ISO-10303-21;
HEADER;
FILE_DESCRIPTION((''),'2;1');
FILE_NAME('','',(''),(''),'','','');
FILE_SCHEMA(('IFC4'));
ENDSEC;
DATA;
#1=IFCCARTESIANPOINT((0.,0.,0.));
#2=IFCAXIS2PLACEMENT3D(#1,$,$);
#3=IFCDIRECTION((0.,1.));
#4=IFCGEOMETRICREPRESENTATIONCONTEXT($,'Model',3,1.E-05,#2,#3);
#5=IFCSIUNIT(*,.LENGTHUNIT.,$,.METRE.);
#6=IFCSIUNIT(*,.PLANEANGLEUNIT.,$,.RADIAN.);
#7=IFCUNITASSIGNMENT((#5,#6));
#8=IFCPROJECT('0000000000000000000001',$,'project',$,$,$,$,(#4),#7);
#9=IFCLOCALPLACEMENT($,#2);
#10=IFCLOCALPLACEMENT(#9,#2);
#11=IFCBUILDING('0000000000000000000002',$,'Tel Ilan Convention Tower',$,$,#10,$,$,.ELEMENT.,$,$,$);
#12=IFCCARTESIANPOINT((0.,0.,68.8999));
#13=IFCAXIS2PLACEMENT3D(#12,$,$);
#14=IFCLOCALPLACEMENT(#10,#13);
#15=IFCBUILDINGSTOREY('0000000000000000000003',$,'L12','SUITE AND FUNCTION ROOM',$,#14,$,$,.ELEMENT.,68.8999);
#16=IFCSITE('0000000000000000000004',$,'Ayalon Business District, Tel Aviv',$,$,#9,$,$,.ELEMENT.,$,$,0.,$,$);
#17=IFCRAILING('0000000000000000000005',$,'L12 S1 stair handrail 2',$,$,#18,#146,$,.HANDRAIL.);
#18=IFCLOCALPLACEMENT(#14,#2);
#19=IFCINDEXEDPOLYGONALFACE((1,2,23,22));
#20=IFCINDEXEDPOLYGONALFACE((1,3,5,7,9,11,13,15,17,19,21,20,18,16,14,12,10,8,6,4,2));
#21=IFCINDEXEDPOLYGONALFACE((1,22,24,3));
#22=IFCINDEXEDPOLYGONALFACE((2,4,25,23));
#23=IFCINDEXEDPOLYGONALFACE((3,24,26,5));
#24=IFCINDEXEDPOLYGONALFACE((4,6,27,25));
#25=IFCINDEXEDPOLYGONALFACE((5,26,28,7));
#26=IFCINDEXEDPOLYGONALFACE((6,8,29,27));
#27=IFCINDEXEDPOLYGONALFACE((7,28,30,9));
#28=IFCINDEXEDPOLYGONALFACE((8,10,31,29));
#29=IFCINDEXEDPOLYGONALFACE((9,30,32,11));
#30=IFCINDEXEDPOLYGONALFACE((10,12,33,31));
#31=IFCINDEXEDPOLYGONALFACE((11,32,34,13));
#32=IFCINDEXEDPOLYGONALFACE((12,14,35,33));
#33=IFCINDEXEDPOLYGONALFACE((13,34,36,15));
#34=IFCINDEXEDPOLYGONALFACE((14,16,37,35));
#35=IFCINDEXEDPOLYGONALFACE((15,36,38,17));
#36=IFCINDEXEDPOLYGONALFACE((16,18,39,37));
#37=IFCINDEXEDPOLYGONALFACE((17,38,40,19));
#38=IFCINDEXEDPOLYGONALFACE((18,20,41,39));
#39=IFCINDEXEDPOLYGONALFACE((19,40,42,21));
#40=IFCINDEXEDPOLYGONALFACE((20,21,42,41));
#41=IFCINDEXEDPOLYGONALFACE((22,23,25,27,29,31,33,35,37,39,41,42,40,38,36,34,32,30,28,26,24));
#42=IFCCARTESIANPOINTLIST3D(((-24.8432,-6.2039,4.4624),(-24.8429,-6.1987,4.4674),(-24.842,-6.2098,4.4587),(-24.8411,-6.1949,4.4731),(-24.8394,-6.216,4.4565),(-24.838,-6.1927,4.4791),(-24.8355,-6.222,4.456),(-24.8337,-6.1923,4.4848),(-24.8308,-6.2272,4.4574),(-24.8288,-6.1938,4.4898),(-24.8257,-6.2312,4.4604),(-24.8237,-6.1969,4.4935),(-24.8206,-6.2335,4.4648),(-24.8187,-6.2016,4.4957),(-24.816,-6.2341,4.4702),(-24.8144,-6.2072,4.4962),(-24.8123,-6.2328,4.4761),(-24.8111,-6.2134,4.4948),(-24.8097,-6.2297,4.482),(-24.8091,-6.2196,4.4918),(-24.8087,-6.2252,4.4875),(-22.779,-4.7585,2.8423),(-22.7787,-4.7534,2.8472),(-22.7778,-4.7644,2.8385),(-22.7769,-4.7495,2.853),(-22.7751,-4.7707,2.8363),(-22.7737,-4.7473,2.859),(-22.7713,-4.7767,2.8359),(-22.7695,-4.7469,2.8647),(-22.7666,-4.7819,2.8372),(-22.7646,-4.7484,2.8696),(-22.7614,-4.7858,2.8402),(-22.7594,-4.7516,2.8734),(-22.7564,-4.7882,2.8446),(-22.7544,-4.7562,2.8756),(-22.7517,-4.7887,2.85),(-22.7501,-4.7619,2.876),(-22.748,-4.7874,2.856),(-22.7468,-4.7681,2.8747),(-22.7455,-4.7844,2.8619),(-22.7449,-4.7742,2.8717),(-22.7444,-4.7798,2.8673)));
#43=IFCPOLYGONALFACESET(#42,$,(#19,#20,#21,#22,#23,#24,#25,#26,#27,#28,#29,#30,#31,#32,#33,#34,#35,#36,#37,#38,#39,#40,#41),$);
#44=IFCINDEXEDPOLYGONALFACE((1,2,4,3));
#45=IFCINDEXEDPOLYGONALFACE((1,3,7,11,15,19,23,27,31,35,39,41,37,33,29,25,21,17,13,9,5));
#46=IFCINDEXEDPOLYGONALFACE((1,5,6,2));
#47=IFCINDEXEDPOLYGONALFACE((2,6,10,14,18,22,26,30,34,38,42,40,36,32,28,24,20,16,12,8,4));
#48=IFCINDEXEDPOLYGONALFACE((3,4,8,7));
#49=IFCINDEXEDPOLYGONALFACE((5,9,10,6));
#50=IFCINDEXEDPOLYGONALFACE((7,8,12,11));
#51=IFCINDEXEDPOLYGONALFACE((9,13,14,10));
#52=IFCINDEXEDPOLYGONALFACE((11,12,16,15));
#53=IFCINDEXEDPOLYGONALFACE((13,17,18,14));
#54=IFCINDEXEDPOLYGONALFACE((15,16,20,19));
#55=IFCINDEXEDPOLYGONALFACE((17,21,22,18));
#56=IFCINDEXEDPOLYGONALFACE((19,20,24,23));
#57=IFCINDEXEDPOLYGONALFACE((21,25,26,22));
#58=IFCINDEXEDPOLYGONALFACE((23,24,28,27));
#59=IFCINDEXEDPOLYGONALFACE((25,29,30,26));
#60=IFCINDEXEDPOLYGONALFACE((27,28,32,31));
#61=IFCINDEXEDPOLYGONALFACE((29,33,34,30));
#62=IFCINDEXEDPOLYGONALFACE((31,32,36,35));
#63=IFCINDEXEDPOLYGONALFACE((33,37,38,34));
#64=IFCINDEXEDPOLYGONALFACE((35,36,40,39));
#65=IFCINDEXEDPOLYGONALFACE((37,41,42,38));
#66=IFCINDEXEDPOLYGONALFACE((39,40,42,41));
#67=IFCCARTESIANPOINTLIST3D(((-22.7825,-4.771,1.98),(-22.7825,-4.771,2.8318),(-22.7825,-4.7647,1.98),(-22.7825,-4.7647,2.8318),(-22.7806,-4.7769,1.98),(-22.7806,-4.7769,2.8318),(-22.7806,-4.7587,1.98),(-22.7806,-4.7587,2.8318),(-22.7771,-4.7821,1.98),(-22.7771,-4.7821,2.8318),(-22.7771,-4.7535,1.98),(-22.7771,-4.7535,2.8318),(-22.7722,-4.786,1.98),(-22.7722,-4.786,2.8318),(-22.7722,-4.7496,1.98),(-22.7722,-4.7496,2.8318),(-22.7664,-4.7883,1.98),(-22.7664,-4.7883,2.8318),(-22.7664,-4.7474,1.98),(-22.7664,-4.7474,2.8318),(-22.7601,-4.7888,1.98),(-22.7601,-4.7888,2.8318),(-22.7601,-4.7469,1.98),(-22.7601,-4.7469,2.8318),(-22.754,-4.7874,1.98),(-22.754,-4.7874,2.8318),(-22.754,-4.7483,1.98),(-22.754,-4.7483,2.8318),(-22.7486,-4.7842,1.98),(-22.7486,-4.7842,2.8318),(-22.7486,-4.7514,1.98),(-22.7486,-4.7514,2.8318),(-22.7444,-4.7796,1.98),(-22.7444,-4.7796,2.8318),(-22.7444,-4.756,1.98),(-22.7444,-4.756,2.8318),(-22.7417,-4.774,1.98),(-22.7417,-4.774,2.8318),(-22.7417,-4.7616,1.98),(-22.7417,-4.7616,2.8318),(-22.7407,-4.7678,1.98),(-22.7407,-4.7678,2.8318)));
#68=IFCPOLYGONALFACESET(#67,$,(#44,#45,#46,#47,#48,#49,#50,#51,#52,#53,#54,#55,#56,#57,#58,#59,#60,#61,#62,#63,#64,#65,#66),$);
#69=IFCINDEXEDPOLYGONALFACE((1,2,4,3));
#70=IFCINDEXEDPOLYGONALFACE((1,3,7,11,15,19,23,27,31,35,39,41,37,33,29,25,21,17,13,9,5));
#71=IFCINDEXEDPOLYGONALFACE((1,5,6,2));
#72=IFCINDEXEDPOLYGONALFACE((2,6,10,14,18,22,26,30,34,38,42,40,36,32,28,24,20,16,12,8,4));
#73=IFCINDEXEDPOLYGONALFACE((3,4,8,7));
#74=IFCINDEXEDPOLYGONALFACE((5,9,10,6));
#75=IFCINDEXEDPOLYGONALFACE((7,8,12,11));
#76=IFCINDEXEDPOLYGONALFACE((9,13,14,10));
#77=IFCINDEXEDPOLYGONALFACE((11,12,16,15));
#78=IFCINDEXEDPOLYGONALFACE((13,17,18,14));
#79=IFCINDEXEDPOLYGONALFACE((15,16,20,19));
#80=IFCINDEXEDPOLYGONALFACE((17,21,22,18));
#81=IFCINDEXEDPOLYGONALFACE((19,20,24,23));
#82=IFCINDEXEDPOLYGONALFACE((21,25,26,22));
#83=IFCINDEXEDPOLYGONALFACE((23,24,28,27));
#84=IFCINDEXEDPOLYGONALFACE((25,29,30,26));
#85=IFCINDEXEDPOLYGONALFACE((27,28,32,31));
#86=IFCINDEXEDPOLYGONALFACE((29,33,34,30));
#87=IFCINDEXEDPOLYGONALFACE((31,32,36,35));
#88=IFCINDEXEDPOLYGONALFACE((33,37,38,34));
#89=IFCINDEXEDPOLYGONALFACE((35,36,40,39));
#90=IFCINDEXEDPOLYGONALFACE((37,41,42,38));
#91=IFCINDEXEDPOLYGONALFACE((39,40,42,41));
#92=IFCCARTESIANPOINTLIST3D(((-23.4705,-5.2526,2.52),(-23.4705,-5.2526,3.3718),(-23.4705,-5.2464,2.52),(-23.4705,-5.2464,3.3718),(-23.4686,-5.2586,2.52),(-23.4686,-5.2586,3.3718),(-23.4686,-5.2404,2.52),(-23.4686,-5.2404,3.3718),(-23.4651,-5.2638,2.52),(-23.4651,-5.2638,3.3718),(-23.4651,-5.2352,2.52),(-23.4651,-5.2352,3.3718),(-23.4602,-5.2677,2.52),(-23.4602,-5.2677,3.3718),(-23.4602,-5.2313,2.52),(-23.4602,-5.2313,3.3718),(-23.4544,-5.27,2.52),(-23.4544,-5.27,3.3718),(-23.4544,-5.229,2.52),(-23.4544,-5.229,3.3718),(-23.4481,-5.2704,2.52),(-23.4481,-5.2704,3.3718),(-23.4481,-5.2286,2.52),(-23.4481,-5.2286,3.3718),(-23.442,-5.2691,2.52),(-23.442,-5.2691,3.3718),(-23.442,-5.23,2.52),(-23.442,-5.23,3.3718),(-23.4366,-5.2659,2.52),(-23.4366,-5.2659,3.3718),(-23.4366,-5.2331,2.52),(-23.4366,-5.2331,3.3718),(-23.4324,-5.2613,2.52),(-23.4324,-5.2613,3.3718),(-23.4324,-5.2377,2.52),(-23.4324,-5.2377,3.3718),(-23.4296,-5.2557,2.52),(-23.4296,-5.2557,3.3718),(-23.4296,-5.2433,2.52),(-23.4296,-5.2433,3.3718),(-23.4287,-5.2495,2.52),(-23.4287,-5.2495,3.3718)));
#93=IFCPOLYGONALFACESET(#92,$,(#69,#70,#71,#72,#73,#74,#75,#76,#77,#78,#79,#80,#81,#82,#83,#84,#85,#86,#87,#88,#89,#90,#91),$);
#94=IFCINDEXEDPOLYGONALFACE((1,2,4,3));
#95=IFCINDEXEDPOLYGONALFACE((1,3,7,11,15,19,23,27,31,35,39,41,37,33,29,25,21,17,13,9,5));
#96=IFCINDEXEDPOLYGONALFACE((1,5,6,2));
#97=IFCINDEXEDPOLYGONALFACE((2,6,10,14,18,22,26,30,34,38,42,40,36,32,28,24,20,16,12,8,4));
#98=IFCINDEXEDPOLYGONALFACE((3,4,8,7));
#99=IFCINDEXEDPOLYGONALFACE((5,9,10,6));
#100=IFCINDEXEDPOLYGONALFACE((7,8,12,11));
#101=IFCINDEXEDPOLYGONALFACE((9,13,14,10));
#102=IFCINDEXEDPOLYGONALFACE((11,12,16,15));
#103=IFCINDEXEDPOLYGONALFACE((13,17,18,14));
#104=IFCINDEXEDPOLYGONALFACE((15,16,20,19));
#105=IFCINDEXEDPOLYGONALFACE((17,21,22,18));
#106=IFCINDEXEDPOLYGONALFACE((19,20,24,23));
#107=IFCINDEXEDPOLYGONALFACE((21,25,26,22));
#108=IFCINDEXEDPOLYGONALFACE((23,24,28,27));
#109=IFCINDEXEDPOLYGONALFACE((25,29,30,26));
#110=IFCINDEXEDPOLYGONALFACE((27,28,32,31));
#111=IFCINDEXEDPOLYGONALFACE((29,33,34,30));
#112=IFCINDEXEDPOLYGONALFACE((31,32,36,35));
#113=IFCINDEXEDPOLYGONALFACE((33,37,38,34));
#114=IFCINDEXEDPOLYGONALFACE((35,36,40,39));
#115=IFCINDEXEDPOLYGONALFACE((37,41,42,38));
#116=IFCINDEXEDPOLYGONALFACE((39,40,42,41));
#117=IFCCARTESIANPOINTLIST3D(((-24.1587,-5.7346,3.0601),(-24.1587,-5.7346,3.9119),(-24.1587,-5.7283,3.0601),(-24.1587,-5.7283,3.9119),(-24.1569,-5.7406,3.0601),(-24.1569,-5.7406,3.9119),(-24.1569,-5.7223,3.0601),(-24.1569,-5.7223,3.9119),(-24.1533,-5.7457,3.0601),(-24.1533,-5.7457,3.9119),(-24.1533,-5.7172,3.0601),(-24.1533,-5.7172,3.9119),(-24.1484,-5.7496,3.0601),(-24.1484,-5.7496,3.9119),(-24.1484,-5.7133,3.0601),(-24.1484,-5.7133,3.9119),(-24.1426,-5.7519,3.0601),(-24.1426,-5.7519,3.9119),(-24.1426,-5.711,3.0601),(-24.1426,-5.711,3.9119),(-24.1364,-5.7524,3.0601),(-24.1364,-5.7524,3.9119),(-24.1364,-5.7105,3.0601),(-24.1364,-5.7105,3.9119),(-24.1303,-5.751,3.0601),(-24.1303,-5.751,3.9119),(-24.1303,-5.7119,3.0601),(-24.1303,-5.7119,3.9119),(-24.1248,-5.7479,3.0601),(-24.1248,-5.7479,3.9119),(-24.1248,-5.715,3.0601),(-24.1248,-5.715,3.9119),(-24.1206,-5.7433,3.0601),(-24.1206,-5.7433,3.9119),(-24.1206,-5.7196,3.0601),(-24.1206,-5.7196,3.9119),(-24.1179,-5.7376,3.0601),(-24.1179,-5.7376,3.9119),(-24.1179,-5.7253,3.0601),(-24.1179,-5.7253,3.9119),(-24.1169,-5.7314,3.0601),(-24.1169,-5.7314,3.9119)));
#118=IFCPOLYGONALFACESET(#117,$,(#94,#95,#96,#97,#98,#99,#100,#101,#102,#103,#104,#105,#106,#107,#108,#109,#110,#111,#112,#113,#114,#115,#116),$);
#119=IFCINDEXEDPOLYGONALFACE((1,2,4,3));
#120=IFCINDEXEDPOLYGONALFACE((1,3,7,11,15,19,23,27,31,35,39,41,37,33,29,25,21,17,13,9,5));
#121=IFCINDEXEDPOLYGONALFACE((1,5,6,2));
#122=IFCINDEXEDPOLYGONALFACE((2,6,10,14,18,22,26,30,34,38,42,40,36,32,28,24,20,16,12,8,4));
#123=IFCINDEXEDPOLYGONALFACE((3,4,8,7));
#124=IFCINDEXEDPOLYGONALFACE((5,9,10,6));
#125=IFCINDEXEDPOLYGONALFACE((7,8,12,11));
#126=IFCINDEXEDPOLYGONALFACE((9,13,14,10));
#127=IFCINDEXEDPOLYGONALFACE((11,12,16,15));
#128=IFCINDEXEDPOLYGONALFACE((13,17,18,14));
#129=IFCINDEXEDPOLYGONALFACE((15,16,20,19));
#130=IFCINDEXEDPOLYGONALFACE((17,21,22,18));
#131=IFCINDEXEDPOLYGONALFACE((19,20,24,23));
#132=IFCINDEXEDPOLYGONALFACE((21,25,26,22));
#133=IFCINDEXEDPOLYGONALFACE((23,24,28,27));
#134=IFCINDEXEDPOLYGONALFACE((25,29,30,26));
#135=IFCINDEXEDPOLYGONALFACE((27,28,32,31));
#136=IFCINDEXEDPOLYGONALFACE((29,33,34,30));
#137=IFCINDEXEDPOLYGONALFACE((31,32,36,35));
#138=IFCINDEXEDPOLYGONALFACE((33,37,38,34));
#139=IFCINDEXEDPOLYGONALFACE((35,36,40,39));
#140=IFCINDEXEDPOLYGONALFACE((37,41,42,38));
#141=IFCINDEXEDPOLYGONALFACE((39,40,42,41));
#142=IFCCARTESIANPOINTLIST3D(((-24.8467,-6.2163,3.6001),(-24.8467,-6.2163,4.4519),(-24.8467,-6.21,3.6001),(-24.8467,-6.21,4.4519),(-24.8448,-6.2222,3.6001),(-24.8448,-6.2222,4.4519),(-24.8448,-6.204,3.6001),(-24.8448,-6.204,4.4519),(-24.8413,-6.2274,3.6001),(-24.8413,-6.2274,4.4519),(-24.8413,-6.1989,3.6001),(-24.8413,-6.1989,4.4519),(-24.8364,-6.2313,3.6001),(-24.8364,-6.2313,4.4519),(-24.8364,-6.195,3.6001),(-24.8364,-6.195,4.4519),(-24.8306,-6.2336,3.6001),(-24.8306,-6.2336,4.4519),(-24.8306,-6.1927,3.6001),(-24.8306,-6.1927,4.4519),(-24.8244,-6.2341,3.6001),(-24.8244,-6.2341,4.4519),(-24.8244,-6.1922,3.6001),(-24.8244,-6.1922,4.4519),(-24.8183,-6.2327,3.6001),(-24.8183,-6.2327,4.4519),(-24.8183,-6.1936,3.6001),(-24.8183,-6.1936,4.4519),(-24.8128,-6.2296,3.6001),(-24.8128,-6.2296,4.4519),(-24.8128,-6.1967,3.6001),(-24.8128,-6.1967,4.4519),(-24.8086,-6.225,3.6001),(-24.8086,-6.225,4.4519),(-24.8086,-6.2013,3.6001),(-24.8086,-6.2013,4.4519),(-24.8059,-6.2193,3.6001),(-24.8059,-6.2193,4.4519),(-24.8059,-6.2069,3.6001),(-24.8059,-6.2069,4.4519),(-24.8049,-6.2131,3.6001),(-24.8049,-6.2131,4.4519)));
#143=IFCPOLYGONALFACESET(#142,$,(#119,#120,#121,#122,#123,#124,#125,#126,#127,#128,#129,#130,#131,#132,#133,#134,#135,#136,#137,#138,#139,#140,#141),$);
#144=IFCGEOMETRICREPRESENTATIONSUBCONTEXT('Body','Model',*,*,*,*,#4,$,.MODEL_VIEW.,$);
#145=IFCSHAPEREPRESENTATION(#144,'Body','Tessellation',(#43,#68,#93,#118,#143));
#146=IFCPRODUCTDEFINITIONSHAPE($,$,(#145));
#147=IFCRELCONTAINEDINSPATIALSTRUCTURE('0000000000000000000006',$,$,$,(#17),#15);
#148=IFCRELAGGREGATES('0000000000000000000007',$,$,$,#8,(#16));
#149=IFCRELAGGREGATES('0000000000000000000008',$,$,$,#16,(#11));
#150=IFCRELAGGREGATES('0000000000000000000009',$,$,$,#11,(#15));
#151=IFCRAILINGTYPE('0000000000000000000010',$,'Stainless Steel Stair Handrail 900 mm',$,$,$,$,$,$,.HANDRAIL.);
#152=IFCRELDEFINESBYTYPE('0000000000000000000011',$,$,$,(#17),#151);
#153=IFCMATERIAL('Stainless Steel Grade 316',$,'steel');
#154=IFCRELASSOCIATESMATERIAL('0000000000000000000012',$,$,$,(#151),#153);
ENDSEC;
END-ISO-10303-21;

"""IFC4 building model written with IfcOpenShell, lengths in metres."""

from ifc_helpers import new_model, si_unit, direction, frame, origin, origin_2d, place, context, subcontext, project, spatial, circle, extrude, material, type_object, element, save


model = new_model("IFC4")

# Units and contexts
model_context = context("Model", 3, precision=1e-05, world=origin(), true_north=direction((0.0, 1.0)))
body_context = subcontext(model_context, "Body", "Model", "MODEL_VIEW")
ifc_project = project(units=[si_unit("LENGTHUNIT", "METRE"), si_unit("PLANEANGLEUNIT", "RADIAN")], contexts=[model_context])

# Site, building, storey
site_placement = place(None, origin())
site = spatial("IfcSite", under=ifc_project, at=site_placement, Name="Ayalon Business District, Tel Aviv", CompositionType="ELEMENT", RefElevation=0.0)
building_placement = place(site_placement, origin())
building = spatial("IfcBuilding", under=site, at=building_placement, Name="Tel Ilan Convention Tower", CompositionType="ELEMENT")
storey_placement = place(building_placement, frame((0.0, 0.0, 68.8999)))
storey = spatial("IfcBuildingStorey", under=building, at=storey_placement, Name="L12", Description="SUITE AND FUNCTION ROOM", CompositionType="ELEMENT", Elevation=68.8999)

# Railing
ifc_material_1 = material(Name="Stainless Steel Grade 316", Category="steel")
railing_type_1 = type_object("IfcRailingType", Name="Stainless Steel Stair Handrail 900 mm", PredefinedType="HANDRAIL", material=ifc_material_1)
railing_1_placement = place(storey_placement, frame((-22.7617, -4.7678, 1.98)))
element("IfcRailing", 1, at=railing_1_placement, inside=storey, type_object=railing_type_1, Name="L12 S1 stair handrail 2", PredefinedType="HANDRAIL", context=body_context, shape_type="SweptSolid", body=[
    extrude(circle(Radius=0.0239, at=origin_2d()), frame((0.0, 0.0, 0.876), z_axis=(-0.68904, -0.48245, 0.540801), x_axis=(0.57356, -0.819164, 0.0)), (0.0, 0.0, 1.0), 2.9958),
    extrude(circle(Radius=0.021, at=origin_2d()), origin(), (0.0, 0.0, 1.0), 0.8518),
    extrude(circle(Radius=0.021, at=origin_2d()), frame((-0.688, -0.4817, 0.54)), (0.0, 0.0, 1.0), 0.8518),
    extrude(circle(Radius=0.021, at=origin_2d()), frame((-1.3762, -0.9636, 1.0801)), (0.0, 0.0, 1.0), 0.8518),
    extrude(circle(Radius=0.021, at=origin_2d()), frame((-2.0642, -1.4453, 1.6201)), (0.0, 0.0, 1.0), 0.8518),
])

save(model, "model.ifc")
